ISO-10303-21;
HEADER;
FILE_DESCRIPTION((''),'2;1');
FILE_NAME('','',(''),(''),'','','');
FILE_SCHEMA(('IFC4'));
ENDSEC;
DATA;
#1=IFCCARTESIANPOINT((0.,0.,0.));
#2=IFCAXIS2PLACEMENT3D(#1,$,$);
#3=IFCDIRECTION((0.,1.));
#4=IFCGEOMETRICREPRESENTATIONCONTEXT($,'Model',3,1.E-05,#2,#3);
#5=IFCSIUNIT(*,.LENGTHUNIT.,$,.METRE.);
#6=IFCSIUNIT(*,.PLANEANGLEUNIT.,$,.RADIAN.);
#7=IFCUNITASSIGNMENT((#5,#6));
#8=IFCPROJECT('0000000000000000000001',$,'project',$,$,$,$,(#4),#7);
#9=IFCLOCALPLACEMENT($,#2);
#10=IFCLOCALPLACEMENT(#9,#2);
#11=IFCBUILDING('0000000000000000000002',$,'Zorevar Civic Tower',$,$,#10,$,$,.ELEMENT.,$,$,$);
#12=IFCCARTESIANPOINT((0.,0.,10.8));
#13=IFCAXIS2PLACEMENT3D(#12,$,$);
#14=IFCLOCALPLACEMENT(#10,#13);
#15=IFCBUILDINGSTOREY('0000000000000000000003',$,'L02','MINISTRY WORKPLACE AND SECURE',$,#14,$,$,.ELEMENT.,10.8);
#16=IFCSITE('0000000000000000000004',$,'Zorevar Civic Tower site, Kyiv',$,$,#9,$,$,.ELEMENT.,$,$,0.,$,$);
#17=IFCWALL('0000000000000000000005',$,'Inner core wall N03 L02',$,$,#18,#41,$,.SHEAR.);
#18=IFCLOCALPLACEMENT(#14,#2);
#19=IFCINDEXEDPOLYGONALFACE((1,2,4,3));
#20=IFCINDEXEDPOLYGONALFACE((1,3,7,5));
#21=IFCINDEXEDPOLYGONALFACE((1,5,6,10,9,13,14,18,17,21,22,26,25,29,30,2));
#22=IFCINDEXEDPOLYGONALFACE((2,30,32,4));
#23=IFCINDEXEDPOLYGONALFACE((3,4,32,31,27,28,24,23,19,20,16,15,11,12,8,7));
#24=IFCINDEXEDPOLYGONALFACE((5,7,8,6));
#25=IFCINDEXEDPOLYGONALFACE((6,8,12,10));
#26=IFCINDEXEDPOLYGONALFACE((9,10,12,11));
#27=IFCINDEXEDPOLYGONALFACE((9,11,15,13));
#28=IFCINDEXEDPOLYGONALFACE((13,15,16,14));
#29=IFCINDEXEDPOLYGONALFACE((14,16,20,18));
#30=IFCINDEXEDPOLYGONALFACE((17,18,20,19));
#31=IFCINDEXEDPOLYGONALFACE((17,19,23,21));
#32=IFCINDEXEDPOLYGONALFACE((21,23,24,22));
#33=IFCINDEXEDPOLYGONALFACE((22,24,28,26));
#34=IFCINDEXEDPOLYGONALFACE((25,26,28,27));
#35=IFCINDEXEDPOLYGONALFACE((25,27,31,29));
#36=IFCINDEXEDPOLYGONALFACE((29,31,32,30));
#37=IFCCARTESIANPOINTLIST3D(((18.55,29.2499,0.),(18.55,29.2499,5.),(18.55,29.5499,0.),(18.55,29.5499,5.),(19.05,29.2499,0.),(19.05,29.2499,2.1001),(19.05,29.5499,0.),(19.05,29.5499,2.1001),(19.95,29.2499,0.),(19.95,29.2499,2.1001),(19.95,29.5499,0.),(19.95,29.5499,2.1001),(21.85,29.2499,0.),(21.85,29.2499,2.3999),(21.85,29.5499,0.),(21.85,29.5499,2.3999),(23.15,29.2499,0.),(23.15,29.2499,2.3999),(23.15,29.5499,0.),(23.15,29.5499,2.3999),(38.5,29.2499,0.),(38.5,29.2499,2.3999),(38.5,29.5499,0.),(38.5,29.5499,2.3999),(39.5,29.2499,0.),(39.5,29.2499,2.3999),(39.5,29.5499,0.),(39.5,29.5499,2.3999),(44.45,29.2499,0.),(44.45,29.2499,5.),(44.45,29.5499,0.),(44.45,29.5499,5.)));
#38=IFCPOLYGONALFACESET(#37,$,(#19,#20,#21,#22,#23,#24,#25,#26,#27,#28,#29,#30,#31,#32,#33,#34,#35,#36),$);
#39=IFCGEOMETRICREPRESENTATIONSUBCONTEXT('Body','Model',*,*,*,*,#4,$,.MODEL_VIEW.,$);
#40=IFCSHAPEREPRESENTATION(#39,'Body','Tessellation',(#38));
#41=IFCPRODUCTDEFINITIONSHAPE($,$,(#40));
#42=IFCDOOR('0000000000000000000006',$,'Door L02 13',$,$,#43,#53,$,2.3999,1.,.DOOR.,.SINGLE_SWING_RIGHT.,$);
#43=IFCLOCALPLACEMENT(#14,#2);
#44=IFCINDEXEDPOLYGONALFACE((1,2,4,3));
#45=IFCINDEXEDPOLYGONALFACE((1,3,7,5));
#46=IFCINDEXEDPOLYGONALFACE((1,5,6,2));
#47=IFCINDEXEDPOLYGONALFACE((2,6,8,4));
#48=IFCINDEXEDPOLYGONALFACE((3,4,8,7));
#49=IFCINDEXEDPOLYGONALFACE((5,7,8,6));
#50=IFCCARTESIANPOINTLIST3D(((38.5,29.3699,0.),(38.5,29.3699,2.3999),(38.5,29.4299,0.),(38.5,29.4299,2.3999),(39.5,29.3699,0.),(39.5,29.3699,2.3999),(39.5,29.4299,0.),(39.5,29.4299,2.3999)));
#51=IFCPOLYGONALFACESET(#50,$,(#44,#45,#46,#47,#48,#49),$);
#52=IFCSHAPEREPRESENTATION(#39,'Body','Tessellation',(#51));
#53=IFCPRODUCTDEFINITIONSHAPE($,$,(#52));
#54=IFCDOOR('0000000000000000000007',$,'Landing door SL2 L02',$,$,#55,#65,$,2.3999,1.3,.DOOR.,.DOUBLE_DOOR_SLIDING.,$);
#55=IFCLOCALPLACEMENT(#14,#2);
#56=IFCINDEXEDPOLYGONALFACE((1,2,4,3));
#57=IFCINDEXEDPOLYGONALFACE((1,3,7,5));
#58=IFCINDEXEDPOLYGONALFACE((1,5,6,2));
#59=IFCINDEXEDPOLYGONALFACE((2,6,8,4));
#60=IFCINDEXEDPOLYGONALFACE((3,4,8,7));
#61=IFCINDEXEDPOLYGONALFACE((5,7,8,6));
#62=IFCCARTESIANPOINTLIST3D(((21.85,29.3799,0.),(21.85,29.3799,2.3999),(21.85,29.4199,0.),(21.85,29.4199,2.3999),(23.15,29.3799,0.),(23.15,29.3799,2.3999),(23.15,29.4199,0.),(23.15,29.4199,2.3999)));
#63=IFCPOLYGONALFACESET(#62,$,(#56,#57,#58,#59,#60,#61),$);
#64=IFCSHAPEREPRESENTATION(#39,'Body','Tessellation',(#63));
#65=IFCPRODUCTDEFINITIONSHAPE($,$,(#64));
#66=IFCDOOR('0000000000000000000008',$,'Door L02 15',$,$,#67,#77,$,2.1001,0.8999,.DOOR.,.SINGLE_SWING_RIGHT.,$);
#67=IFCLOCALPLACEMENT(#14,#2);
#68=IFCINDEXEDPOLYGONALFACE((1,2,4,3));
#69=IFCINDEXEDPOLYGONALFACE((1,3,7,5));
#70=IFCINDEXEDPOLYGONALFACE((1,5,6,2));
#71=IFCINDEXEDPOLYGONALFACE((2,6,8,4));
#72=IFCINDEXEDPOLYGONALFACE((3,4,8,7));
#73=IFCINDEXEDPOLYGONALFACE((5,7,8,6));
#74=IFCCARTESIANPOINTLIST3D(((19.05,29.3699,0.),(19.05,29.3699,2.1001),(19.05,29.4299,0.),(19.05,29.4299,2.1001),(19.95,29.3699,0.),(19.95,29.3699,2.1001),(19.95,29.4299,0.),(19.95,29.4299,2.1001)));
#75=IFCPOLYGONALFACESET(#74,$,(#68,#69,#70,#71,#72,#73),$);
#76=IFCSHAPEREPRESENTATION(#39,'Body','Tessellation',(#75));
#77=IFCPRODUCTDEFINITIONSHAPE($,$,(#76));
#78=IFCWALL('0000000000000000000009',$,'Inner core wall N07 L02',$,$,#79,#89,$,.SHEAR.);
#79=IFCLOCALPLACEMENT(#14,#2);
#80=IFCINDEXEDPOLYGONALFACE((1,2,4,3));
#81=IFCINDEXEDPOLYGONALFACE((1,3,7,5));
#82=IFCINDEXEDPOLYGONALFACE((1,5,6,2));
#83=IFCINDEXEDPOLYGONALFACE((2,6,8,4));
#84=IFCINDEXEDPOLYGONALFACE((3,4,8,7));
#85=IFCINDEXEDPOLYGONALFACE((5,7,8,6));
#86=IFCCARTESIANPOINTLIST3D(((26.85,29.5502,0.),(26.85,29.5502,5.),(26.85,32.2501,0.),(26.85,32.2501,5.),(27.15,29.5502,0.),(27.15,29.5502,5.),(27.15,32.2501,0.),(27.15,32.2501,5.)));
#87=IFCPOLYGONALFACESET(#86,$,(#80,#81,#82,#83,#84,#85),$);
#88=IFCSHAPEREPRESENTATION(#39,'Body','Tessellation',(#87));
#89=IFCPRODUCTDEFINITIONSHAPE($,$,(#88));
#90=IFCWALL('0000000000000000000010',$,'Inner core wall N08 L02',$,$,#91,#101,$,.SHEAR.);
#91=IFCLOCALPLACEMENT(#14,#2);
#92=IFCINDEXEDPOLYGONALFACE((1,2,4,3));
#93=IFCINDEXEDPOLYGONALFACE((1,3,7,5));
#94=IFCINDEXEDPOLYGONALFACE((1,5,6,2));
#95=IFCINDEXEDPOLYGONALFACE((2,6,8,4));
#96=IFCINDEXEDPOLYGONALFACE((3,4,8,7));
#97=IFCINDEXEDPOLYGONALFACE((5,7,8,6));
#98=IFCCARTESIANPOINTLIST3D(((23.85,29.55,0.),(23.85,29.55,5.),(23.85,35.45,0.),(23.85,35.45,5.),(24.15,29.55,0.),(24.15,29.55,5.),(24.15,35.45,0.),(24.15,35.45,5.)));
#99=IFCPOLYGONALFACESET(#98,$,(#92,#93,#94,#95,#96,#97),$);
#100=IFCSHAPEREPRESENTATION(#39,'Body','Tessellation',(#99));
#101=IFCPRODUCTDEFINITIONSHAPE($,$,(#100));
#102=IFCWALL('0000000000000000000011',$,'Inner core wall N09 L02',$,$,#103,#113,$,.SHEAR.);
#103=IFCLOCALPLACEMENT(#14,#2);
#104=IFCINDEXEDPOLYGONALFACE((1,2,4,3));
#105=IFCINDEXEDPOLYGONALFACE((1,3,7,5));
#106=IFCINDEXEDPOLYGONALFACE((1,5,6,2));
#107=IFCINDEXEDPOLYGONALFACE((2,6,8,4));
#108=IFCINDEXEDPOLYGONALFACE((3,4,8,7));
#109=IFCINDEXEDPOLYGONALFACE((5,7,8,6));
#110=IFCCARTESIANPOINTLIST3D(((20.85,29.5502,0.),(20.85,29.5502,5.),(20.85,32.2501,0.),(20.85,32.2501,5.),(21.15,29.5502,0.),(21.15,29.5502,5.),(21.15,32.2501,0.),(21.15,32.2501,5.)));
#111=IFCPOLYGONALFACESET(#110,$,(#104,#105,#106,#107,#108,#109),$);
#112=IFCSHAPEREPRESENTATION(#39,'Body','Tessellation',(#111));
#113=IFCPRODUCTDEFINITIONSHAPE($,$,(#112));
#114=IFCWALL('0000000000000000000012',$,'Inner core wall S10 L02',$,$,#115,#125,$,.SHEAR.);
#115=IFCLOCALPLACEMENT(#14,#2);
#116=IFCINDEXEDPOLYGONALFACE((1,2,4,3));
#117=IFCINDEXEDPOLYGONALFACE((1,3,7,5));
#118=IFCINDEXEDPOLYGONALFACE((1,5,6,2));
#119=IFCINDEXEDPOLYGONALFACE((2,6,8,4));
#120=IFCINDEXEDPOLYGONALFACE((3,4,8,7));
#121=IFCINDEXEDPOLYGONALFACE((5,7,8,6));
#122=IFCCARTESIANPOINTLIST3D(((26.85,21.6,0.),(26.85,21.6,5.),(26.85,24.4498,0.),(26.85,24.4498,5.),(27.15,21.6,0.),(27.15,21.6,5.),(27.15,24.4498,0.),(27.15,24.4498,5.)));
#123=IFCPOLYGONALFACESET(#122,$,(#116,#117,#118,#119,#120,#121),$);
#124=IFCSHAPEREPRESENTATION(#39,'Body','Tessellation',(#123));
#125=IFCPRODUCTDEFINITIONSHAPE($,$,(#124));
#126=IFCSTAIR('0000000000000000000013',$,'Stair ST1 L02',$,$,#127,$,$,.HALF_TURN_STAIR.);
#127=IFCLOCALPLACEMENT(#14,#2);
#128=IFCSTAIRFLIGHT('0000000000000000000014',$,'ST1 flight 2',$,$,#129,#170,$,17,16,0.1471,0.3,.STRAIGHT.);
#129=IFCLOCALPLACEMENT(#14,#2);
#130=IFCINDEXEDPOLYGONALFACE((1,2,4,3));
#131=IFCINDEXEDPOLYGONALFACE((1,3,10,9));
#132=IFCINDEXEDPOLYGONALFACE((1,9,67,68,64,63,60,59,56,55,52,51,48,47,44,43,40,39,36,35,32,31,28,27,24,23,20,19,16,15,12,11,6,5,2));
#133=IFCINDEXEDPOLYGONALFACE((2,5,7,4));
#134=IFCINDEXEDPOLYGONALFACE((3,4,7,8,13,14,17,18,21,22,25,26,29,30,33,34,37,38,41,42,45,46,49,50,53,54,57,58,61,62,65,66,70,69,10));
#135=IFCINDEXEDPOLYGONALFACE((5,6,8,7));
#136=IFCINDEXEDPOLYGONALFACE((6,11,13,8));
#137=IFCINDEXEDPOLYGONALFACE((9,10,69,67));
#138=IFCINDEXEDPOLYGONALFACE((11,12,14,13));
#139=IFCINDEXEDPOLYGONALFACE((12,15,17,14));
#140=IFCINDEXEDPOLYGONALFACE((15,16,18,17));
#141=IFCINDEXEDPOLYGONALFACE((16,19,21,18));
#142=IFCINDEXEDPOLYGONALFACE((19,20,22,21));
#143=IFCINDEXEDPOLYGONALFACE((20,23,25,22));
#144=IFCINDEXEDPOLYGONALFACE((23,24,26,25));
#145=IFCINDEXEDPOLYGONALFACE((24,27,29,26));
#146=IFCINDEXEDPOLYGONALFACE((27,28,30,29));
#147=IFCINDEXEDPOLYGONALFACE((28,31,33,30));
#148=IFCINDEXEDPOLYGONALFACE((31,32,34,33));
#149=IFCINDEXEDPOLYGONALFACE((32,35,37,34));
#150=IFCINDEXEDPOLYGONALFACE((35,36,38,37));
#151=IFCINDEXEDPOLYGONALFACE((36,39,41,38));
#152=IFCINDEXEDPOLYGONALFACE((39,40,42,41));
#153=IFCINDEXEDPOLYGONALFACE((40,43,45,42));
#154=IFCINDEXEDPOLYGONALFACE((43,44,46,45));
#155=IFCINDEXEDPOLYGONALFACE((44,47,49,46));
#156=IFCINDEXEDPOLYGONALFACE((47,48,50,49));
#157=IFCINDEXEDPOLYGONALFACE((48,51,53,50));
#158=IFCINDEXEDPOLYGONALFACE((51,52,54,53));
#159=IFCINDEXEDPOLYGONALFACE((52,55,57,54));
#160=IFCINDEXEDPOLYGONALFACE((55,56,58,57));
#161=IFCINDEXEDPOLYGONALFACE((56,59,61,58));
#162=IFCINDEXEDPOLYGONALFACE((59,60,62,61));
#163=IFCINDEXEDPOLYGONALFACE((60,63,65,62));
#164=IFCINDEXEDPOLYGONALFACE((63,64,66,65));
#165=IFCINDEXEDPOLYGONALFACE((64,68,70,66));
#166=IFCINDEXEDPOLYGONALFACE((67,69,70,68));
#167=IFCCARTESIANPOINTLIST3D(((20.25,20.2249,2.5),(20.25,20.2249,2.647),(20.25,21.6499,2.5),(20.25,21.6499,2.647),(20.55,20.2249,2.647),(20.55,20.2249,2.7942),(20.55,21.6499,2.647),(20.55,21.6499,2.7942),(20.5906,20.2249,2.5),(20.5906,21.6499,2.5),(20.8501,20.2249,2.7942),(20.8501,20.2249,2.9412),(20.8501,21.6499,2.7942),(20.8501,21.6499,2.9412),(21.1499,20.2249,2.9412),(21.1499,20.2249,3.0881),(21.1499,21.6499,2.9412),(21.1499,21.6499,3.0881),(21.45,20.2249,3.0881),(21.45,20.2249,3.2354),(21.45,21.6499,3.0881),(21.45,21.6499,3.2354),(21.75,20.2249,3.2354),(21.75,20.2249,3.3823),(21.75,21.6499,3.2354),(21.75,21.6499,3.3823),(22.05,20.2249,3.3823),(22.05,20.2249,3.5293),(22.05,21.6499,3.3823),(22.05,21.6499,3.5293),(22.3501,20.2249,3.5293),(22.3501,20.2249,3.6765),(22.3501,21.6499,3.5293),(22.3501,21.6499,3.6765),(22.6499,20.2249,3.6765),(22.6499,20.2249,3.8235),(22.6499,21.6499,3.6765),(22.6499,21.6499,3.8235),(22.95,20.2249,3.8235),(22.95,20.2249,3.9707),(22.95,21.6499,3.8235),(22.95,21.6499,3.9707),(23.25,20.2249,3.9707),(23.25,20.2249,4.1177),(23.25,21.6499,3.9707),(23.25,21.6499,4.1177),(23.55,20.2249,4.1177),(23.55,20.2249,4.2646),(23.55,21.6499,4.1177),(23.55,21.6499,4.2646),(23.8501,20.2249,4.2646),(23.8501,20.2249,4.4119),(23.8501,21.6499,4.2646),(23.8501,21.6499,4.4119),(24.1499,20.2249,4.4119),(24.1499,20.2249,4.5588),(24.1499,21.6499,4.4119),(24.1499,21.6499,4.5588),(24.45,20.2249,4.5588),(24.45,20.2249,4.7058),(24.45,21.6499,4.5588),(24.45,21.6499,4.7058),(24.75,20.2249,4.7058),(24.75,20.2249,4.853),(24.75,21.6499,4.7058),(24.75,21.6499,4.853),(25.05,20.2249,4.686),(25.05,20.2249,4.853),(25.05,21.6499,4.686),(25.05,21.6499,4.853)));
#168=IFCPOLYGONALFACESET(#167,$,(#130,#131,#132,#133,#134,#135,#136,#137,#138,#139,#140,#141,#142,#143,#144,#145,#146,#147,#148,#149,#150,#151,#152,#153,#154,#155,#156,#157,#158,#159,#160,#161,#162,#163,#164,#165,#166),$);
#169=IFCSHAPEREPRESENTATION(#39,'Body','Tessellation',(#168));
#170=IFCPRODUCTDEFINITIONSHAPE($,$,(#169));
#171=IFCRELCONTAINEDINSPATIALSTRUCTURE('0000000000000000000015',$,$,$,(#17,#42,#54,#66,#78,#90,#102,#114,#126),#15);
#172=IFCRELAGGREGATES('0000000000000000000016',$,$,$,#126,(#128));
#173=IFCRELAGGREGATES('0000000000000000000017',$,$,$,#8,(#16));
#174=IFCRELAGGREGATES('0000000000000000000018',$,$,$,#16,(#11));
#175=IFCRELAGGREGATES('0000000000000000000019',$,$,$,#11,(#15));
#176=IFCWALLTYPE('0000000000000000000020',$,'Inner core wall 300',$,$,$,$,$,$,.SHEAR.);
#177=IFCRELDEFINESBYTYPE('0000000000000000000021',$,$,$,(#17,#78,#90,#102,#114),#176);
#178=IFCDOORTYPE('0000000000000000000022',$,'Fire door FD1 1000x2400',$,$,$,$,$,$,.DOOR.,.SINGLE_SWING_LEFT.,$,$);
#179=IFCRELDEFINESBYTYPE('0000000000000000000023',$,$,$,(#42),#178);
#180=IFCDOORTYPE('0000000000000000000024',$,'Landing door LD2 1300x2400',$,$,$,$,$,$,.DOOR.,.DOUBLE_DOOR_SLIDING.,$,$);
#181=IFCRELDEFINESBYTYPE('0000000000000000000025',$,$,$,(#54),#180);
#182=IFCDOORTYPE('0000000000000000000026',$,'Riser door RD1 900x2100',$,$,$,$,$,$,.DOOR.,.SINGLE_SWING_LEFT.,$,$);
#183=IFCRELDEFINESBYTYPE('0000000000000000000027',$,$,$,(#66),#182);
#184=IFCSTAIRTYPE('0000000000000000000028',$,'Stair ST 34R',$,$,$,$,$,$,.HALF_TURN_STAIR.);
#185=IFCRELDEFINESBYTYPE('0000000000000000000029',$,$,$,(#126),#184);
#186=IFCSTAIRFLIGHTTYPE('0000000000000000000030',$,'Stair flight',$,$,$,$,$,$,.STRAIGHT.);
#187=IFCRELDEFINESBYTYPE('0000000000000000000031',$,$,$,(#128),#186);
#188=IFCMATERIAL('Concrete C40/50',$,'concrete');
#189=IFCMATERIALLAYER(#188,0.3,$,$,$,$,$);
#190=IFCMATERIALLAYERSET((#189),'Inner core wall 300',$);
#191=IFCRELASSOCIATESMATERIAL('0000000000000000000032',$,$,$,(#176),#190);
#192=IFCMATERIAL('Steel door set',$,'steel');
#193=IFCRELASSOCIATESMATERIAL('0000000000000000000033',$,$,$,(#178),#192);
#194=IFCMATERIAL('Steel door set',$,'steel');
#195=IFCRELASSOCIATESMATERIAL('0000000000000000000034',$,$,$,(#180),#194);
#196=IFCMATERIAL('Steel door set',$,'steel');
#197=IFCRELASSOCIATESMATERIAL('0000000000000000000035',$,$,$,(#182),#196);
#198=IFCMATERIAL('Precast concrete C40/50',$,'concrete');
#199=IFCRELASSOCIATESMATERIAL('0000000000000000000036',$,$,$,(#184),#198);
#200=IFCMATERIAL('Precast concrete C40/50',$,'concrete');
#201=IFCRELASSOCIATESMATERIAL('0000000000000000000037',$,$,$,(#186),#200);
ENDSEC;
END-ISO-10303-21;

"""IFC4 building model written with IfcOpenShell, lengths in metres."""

from ifc_helpers import new_model, si_unit, direction, frame, frame_2d, origin, place, context, subcontext, project, spatial, polyline, rectangle, outline, extrude, material, layer, layer_set, type_object, element, fill, aggregate, save


model = new_model("IFC4")

# Units and contexts
model_context = context("Model", 3, precision=1e-05, world=origin(), true_north=direction((0.0, 1.0)))
body_context = subcontext(model_context, "Body", "Model", "MODEL_VIEW")
ifc_project = project(units=[si_unit("LENGTHUNIT", "METRE"), si_unit("PLANEANGLEUNIT", "RADIAN")], contexts=[model_context])

# Site, building, storey
site_placement = place(None, origin())
site = spatial("IfcSite", under=ifc_project, at=site_placement, Name="Zorevar Civic Tower site, Kyiv", CompositionType="ELEMENT", RefElevation=0.0)
building_placement = place(site_placement, origin())
building = spatial("IfcBuilding", under=site, at=building_placement, Name="Zorevar Civic Tower", CompositionType="ELEMENT")
storey_placement = place(building_placement, frame((0.0, 0.0, 10.8)))
storey = spatial("IfcBuildingStorey", under=building, at=storey_placement, Name="L02", Description="MINISTRY WORKPLACE AND SECURE", CompositionType="ELEMENT", Elevation=10.8)

# Shared definitions
ifc_material_1 = material(Name="Concrete C40/50", Category="concrete")
ifc_layer = layer(ifc_material_1, 0.3)
ifc_layer_set = layer_set([ifc_layer], Name="Inner core wall 300")
wall_type = type_object("IfcWallType", Name="Inner core wall 300", PredefinedType="SHEAR", material=ifc_layer_set)

# Wall, openings, doors
ifc_material_2 = material(Name="Steel door set", Category="steel")
door_type_1 = type_object("IfcDoorType", Name="Fire door FD1 1000x2400", OperationType="SINGLE_SWING_LEFT", PredefinedType="DOOR", material=ifc_material_2)
ifc_material_3 = material(Name="Steel door set", Category="steel")
door_type_2 = type_object("IfcDoorType", Name="Landing door LD2 1300x2400", OperationType="DOUBLE_DOOR_SLIDING", PredefinedType="DOOR", material=ifc_material_3)
ifc_material_4 = material(Name="Steel door set", Category="steel")
door_type_3 = type_object("IfcDoorType", Name="Riser door RD1 900x2100", OperationType="SINGLE_SWING_LEFT", PredefinedType="DOOR", material=ifc_material_4)
wall_1_placement = place(storey_placement, frame((18.55, 29.3999, 0.0), z_axis=(0.0, 0.0, 1.0), x_axis=(1.0, 0.0, 0.0)))
wall_1 = element("IfcWall", 1, at=wall_1_placement, inside=storey, type_object=wall_type, Name="Inner core wall N03 L02", PredefinedType="SHEAR", context=body_context, shape_type="SweptSolid", body=[
    extrude(rectangle(XDim=25.8999, YDim=0.3, at=frame_2d((12.95, 0.0))), origin(), (0.0, 0.0, 1.0), 5.0),
])
opening_1_placement = place(wall_1_placement, frame((19.95, 0.0, 0.0)))
opening_1 = element("IfcOpeningElement", 2, at=opening_1_placement, cuts=wall_1, PredefinedType="OPENING", context=body_context, shape_type="SweptSolid", body=[
    extrude(rectangle(XDim=1.0, YDim=2.3999, at=frame_2d((0.5, 1.2))), frame((0.0, 0.1599, 0.0), z_axis=(0.0, -1.0, 0.0), x_axis=(1.0, 0.0, 0.0)), (0.0, 0.0, 1.0), 0.3201),
])
opening_2_placement = place(wall_1_placement, frame((0.5, 0.0, 0.0)))
opening_2 = element("IfcOpeningElement", 3, at=opening_2_placement, cuts=wall_1, PredefinedType="OPENING", context=body_context, shape_type="SweptSolid", body=[
    extrude(rectangle(XDim=0.8999, YDim=2.1001, at=frame_2d((0.45, 1.05))), frame((0.0, 0.1599, 0.0), z_axis=(0.0, -1.0, 0.0), x_axis=(1.0, 0.0, 0.0)), (0.0, 0.0, 1.0), 0.3201),
])
opening_3_placement = place(wall_1_placement, frame((3.3, 0.0, 0.0)))
opening_3 = element("IfcOpeningElement", 4, at=opening_3_placement, cuts=wall_1, PredefinedType="OPENING", context=body_context, shape_type="SweptSolid", body=[
    extrude(rectangle(XDim=1.3, YDim=2.3999, at=frame_2d((0.6499, 1.2))), frame((0.0, 0.1599, 0.0), z_axis=(0.0, -1.0, 0.0), x_axis=(1.0, 0.0, 0.0)), (0.0, 0.0, 1.0), 0.3201),
])
door_1_placement = place(opening_1_placement, origin())
door_1 = element("IfcDoor", 5, at=door_1_placement, inside=storey, type_object=door_type_1, Name="Door L02 13", OperationType="SINGLE_SWING_RIGHT", OverallHeight=2.3999, OverallWidth=1.0, PredefinedType="DOOR", context=body_context, shape_type="SweptSolid", body=[
    extrude(rectangle(XDim=1.0, YDim=2.3999, at=frame_2d((0.5, 1.2))), frame((0.0, 0.03, 0.0), z_axis=(0.0, -1.0, 0.0), x_axis=(1.0, 0.0, 0.0)), (0.0, 0.0, 1.0), 0.0601),
])
fill(opening_1, door_1)
door_2_placement = place(opening_3_placement, origin())
door_2 = element("IfcDoor", 6, at=door_2_placement, inside=storey, type_object=door_type_2, Name="Landing door SL2 L02", OperationType="DOUBLE_DOOR_SLIDING", OverallHeight=2.3999, OverallWidth=1.3, PredefinedType="DOOR", context=body_context, shape_type="SweptSolid", body=[
    extrude(rectangle(XDim=1.3, YDim=2.3999, at=frame_2d((0.6499, 1.2))), frame((0.0, 0.02, 0.0), z_axis=(0.0, -1.0, 0.0), x_axis=(1.0, 0.0, 0.0)), (0.0, 0.0, 1.0), 0.04),
])
fill(opening_3, door_2)
door_3_placement = place(opening_2_placement, origin())
door_3 = element("IfcDoor", 7, at=door_3_placement, inside=storey, type_object=door_type_3, Name="Door L02 15", OperationType="SINGLE_SWING_RIGHT", OverallHeight=2.1001, OverallWidth=0.8999, PredefinedType="DOOR", context=body_context, shape_type="SweptSolid", body=[
    extrude(rectangle(XDim=0.8999, YDim=2.1001, at=frame_2d((0.45, 1.05))), frame((0.0, 0.03, 0.0), z_axis=(0.0, -1.0, 0.0), x_axis=(1.0, 0.0, 0.0)), (0.0, 0.0, 1.0), 0.0601),
])
fill(opening_2, door_3)

# Walls
wall_2_placement = place(storey_placement, frame((27.0, 29.55, 0.0), z_axis=(0.0, 0.0, 1.0), x_axis=(0.0, 1.0, 0.0)))
element("IfcWall", 8, at=wall_2_placement, inside=storey, type_object=wall_type, Name="Inner core wall N07 L02", PredefinedType="SHEAR", context=body_context, shape_type="SweptSolid", body=[
    extrude(rectangle(XDim=2.7, YDim=0.3, at=frame_2d((1.3501, 0.0))), origin(), (0.0, 0.0, 1.0), 5.0),
])
wall_3_placement = place(storey_placement, frame((24.0, 29.55, 0.0), z_axis=(0.0, 0.0, 1.0), x_axis=(0.0, 1.0, 0.0)))
element("IfcWall", 9, at=wall_3_placement, inside=storey, type_object=wall_type, Name="Inner core wall N08 L02", PredefinedType="SHEAR", context=body_context, shape_type="SweptSolid", body=[
    extrude(rectangle(XDim=5.8999, YDim=0.3, at=frame_2d((2.95, 0.0))), origin(), (0.0, 0.0, 1.0), 5.0),
])
wall_4_placement = place(storey_placement, frame((21.0, 29.55, 0.0), z_axis=(0.0, 0.0, 1.0), x_axis=(0.0, 1.0, 0.0)))
element("IfcWall", 10, at=wall_4_placement, inside=storey, type_object=wall_type, Name="Inner core wall N09 L02", PredefinedType="SHEAR", context=body_context, shape_type="SweptSolid", body=[
    extrude(rectangle(XDim=2.7, YDim=0.3, at=frame_2d((1.3501, 0.0))), origin(), (0.0, 0.0, 1.0), 5.0),
])
wall_5_placement = place(storey_placement, frame((27.0, 21.6001, 0.0), z_axis=(0.0, 0.0, 1.0), x_axis=(0.0, 1.0, 0.0)))
element("IfcWall", 11, at=wall_5_placement, inside=storey, type_object=wall_type, Name="Inner core wall S10 L02", PredefinedType="SHEAR", context=body_context, shape_type="SweptSolid", body=[
    extrude(rectangle(XDim=2.8499, YDim=0.3, at=frame_2d((1.4248, 0.0))), origin(), (0.0, 0.0, 1.0), 5.0),
])

# Stair, stair flight
ifc_material_5 = material(Name="Precast concrete C40/50", Category="concrete")
stair_type = type_object("IfcStairType", Name="Stair ST 34R", PredefinedType="HALF_TURN_STAIR", material=ifc_material_5)
stair_placement = place(storey_placement, origin())
stair = element("IfcStair", 12, at=stair_placement, inside=storey, type_object=stair_type, Name="Stair ST1 L02", PredefinedType="HALF_TURN_STAIR")
ifc_material_6 = material(Name="Precast concrete C40/50", Category="concrete")
stair_flight_type = type_object("IfcStairFlightType", Name="Stair flight", PredefinedType="STRAIGHT", material=ifc_material_6)
stair_flight_placement = place(storey_placement, frame((20.25, 20.9375, 2.5), z_axis=(0.0, 0.0, 1.0), x_axis=(1.0, 0.0, 0.0)))
stair_flight = element("IfcStairFlight", 13, at=stair_flight_placement, type_object=stair_flight_type, Name="ST1 flight 2", NumberOfRisers=17, NumberOfTreads=16, PredefinedType="STRAIGHT", RiserHeight=0.1471, TreadLength=0.3, context=body_context, shape_type="SweptSolid", body=[
    extrude(outline(polyline([(0.0, 0.0), (0.0, 0.147), (0.3, 0.147), (0.3, 0.2942), (0.6001, 0.2942), (0.6001, 0.4412), (0.8999, 0.4412), (0.8999, 0.5881), (1.2, 0.5881), (1.2, 0.7354), (1.5, 0.7354), (1.5, 0.8823), (1.8, 0.8823), (1.8, 1.0293), (2.1001, 1.0293), (2.1001, 1.1765), (2.3999, 1.1765), (2.3999, 1.3235), (2.7, 1.3235), (2.7, 1.4707), (3.0, 1.4707), (3.0, 1.6177), (3.3, 1.6177), (3.3, 1.7646), (3.6001, 1.7646), (3.6001, 1.9119), (3.8999, 1.9119), (3.8999, 2.0588), (4.2, 2.0588), (4.2, 2.2058), (4.5, 2.2058), (4.5, 2.353), (4.8, 2.353), (4.8, 2.5), (4.8, 2.186), (0.3406, 0.0), (0.0, 0.0)])), frame((0.0, 0.7124, 0.0), z_axis=(0.0, -1.0, 0.0), x_axis=(1.0, 0.0, 0.0)), (0.0, 0.0, 1.0), 1.425),
])
aggregate(stair, [stair_flight])

save(model, "model.ifc")
